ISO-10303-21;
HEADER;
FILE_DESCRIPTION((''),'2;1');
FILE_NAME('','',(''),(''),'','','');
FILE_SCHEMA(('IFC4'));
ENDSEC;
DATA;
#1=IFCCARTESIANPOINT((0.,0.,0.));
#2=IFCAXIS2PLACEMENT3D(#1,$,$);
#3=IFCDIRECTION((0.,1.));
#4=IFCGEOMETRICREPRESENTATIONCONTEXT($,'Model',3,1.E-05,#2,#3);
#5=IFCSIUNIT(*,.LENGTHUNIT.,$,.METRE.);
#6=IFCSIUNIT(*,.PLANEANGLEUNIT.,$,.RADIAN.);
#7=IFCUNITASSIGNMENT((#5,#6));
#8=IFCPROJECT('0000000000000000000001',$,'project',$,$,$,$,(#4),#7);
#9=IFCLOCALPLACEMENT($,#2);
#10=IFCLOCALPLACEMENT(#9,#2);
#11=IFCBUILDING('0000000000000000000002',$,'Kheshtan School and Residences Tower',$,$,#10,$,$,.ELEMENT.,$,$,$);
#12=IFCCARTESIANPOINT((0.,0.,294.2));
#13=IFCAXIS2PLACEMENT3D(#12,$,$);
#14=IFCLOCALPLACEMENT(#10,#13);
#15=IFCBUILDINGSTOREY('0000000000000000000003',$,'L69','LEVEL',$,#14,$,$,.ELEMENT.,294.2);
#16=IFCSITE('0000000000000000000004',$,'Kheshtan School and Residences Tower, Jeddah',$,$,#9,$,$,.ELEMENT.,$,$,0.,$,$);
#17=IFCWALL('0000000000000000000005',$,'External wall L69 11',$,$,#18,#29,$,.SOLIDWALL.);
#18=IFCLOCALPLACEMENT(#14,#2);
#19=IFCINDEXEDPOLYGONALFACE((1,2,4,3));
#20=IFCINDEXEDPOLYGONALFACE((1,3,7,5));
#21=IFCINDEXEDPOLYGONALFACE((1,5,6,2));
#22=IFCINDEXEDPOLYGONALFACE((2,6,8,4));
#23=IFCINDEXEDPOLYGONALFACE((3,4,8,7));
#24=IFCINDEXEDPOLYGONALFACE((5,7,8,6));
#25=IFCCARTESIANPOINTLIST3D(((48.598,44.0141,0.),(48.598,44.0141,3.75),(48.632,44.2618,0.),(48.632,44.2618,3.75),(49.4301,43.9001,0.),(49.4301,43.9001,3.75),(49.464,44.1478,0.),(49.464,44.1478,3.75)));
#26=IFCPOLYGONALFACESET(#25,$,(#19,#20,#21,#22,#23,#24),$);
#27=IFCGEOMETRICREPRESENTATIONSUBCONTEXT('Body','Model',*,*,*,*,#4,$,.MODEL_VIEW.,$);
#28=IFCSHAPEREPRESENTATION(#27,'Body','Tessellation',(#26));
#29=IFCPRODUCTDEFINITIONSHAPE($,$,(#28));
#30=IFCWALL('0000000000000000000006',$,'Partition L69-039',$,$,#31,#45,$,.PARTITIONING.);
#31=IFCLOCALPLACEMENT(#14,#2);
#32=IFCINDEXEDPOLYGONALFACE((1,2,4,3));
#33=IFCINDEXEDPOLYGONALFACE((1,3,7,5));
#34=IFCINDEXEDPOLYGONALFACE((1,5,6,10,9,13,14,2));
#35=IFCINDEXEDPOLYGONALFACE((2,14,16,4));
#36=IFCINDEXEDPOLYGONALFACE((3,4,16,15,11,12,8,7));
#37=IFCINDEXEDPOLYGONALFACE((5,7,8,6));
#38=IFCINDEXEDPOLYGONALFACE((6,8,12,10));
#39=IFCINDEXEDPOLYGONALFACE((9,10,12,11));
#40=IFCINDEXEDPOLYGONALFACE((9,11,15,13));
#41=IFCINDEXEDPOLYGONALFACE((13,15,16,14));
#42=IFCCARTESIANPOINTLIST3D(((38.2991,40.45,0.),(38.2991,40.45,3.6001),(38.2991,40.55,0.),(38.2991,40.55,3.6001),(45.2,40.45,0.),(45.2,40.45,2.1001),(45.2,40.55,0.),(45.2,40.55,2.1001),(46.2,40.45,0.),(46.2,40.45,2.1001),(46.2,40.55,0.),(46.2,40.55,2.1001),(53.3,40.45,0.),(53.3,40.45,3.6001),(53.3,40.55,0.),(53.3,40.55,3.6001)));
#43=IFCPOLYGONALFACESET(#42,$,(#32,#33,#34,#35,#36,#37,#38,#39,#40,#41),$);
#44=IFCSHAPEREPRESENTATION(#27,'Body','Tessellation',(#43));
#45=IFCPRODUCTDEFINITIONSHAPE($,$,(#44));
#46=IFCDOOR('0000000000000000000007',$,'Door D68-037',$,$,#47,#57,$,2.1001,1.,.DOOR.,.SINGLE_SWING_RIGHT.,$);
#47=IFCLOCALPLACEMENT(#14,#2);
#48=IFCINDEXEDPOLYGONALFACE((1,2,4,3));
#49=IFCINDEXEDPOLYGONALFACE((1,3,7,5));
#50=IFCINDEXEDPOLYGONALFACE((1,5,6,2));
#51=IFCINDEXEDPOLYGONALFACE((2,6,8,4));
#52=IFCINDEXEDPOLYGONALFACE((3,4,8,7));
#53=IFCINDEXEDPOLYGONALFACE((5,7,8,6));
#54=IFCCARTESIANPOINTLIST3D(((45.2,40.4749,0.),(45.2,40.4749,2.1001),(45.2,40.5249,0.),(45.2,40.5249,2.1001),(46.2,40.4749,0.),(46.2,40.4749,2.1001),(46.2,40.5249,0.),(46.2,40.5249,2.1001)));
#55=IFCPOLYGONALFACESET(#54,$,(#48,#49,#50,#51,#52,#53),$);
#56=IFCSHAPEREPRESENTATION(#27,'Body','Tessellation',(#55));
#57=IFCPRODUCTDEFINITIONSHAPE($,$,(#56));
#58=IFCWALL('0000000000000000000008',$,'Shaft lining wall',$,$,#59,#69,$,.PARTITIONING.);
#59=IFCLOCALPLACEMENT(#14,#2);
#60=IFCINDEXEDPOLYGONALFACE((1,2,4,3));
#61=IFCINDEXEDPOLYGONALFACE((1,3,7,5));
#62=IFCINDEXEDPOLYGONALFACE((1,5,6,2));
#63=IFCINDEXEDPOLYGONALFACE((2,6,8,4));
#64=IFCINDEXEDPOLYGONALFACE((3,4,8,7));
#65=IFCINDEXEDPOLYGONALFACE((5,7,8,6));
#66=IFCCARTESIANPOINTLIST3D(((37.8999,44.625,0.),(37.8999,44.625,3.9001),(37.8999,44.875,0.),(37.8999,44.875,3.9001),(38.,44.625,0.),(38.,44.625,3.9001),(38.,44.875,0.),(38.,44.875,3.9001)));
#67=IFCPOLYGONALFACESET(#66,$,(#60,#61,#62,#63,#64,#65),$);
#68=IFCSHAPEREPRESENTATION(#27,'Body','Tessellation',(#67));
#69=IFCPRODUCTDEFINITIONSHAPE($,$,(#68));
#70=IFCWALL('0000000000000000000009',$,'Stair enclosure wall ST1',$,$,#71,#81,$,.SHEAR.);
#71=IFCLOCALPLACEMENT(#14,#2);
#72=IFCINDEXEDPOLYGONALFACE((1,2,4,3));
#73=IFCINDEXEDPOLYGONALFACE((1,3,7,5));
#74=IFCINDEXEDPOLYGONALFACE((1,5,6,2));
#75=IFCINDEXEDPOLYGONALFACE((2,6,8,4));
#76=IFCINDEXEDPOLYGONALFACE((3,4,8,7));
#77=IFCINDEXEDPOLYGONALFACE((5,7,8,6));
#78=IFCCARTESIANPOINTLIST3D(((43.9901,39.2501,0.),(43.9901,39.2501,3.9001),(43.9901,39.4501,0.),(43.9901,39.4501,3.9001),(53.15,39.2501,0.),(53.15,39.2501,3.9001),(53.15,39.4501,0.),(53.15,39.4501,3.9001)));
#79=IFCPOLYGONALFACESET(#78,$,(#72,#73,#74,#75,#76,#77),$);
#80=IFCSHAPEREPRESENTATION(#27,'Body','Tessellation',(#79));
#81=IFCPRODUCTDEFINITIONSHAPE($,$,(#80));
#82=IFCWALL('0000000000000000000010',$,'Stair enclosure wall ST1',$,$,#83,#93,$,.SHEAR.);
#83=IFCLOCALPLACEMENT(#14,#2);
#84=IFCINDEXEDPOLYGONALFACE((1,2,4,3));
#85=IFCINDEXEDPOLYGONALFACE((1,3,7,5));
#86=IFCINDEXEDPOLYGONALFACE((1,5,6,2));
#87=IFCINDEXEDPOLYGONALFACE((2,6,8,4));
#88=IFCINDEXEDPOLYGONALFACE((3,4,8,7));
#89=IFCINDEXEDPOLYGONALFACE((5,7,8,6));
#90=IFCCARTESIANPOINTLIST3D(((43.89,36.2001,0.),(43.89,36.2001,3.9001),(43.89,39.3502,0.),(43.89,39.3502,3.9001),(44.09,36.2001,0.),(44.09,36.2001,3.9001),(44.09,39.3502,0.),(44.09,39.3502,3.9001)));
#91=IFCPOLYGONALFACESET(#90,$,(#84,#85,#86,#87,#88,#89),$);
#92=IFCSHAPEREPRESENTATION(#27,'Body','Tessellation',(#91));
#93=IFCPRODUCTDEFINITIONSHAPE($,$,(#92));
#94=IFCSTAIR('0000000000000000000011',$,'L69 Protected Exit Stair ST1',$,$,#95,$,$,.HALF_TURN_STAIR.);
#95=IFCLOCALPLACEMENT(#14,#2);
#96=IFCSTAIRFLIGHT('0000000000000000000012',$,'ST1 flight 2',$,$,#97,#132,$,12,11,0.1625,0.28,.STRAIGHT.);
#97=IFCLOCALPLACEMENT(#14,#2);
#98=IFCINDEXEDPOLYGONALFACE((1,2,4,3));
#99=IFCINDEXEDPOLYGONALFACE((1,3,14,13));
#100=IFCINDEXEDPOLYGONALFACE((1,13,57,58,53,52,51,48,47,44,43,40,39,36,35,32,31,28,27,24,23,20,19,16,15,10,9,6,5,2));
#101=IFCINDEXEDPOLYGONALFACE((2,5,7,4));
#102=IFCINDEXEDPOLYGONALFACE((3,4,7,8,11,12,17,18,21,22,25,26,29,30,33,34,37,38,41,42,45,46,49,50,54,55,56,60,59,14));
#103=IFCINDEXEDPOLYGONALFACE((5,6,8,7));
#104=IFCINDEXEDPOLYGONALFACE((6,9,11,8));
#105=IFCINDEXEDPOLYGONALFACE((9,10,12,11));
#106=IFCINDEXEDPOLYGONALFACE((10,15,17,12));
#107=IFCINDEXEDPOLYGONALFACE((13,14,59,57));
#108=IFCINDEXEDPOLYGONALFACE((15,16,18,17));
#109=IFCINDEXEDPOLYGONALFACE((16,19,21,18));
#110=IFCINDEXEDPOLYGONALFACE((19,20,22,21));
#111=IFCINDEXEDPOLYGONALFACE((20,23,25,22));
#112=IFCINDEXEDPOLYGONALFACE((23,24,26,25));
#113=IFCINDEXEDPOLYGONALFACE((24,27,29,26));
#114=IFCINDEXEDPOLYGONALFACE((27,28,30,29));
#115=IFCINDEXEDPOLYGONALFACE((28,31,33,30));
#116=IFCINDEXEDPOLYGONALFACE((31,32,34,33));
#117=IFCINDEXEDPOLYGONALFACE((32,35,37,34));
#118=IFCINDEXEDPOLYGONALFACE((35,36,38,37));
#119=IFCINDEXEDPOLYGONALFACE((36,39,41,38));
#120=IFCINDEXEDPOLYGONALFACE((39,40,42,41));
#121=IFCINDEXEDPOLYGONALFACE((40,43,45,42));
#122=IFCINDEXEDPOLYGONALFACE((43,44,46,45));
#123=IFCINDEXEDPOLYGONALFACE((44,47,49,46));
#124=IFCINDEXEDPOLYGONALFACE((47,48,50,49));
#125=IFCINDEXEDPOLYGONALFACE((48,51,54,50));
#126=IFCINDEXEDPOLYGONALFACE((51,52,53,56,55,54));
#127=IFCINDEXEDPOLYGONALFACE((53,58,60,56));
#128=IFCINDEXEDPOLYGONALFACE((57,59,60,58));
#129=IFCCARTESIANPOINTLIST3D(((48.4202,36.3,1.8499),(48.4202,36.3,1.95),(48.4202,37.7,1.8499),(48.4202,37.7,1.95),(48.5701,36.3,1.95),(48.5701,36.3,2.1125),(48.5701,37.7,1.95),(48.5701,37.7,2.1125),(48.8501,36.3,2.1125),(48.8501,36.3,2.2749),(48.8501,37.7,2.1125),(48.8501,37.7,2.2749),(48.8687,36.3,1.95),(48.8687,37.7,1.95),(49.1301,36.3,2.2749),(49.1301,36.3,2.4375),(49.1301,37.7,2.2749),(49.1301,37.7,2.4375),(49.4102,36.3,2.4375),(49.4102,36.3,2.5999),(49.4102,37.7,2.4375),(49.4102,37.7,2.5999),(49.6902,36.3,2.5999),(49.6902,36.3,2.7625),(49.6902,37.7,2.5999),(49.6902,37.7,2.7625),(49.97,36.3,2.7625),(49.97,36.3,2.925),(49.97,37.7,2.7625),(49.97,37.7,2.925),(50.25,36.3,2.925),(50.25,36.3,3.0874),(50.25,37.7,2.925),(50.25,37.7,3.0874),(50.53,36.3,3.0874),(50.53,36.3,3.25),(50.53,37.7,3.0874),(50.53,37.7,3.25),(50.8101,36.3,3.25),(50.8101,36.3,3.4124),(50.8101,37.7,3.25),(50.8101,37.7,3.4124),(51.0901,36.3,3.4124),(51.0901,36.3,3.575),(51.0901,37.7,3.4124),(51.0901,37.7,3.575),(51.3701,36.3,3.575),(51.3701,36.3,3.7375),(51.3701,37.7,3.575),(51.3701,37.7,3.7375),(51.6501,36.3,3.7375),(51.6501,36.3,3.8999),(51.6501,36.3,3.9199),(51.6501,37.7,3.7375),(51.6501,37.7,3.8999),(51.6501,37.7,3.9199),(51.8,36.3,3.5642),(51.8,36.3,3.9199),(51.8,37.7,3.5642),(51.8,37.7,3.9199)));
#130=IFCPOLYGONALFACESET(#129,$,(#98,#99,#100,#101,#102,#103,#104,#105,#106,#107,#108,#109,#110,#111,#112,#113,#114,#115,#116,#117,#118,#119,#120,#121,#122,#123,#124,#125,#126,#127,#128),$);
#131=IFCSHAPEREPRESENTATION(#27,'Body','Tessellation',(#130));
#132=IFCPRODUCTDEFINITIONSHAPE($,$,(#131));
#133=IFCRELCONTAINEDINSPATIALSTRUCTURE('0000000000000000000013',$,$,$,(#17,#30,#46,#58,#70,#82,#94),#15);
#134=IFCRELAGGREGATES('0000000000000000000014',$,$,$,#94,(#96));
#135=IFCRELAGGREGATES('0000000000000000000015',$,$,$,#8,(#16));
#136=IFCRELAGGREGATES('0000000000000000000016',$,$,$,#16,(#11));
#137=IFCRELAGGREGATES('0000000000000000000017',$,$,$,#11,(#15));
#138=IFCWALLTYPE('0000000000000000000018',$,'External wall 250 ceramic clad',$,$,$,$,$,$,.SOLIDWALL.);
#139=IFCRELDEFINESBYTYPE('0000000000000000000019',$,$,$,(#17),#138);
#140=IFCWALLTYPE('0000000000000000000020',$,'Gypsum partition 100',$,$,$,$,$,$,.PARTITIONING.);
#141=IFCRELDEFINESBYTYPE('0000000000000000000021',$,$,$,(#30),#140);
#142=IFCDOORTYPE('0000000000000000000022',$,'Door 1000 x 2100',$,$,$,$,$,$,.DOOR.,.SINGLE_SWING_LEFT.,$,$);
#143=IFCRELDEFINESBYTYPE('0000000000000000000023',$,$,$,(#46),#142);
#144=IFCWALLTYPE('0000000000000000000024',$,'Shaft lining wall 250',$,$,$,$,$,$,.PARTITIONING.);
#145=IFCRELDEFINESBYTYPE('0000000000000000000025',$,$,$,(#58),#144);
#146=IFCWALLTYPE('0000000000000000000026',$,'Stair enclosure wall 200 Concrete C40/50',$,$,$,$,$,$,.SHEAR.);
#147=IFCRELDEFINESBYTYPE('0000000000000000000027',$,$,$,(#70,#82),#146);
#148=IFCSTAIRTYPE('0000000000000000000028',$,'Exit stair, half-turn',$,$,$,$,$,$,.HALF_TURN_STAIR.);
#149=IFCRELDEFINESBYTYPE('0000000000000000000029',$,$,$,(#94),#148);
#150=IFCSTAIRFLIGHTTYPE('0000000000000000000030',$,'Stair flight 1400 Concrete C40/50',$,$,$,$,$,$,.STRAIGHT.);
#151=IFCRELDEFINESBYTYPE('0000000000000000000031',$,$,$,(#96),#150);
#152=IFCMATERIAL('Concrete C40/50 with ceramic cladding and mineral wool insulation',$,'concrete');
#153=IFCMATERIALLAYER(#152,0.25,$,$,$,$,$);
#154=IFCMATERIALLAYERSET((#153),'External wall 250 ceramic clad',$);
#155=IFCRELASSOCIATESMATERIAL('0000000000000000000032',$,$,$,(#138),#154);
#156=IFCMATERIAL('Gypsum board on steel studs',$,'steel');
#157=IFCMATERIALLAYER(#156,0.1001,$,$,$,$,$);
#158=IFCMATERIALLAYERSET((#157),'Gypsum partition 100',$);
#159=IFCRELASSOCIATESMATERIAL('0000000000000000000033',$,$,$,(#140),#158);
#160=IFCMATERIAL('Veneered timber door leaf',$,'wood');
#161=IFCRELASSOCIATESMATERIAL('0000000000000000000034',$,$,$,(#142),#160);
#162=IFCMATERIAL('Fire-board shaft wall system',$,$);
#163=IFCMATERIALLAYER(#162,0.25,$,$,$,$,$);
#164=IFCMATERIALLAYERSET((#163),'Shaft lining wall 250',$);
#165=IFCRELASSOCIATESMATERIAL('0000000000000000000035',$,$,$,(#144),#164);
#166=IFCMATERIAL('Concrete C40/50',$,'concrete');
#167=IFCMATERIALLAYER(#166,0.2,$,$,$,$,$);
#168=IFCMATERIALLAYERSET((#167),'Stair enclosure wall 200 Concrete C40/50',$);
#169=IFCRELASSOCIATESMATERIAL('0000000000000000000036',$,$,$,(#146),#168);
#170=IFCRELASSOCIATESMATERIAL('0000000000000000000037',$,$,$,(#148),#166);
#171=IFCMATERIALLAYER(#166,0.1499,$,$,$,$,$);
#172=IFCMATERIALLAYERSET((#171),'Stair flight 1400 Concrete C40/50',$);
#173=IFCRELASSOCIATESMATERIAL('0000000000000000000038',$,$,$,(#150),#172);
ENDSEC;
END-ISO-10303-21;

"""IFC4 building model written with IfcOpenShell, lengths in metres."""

from ifc_helpers import new_model, si_unit, direction, frame, frame_2d, origin, place, context, subcontext, project, spatial, polyline, rectangle, outline, extrude, source, transform, mapped, material, layer, layer_set, type_object, element, fill, aggregate, save


model = new_model("IFC4")

# Units and contexts
model_context = context("Model", 3, precision=1e-05, world=origin(), true_north=direction((0.0, 1.0)))
body_context = subcontext(model_context, "Body", "Model", "MODEL_VIEW")
ifc_project = project(units=[si_unit("LENGTHUNIT", "METRE"), si_unit("PLANEANGLEUNIT", "RADIAN")], contexts=[model_context])

# Site, building, storey
site_placement = place(None, origin())
site = spatial("IfcSite", under=ifc_project, at=site_placement, Name="Kheshtan School and Residences Tower, Jeddah", CompositionType="ELEMENT", RefElevation=0.0)
building_placement = place(site_placement, origin())
building = spatial("IfcBuilding", under=site, at=building_placement, Name="Kheshtan School and Residences Tower", CompositionType="ELEMENT")
storey_placement = place(building_placement, frame((0.0, 0.0, 294.2)))
storey = spatial("IfcBuildingStorey", under=building, at=storey_placement, Name="L69", Description="LEVEL", CompositionType="ELEMENT", Elevation=294.2)

# Shared definitions
ifc_material_1 = material(Name="Concrete C40/50 with ceramic cladding and mineral wool insulation", Category="concrete")
ifc_layer_1 = layer(ifc_material_1, 0.25)
ifc_layer_set_1 = layer_set([ifc_layer_1], Name="External wall 250 ceramic clad")
wall_type_1 = type_object("IfcWallType", Name="External wall 250 ceramic clad", PredefinedType="SOLIDWALL", material=ifc_layer_set_1)

# Wall
wall_1_placement = place(storey_placement, frame((48.615, 44.1379, 0.0), z_axis=(0.0, 0.0, 1.0), x_axis=(0.990742, -0.135762, 0.0)))
element("IfcWall", 1, at=wall_1_placement, inside=storey, type_object=wall_type_1, Name="External wall L69 11", PredefinedType="SOLIDWALL", context=body_context, shape_type="SweptSolid", body=[
    extrude(rectangle(XDim=0.8398, YDim=0.25, at=frame_2d((0.4199, 0.0))), origin(), (0.0, 0.0, 1.0), 3.75),
])

# Wall, opening, door
ifc_material_2 = material(Name="Gypsum board on steel studs", Category="steel")
ifc_layer_2 = layer(ifc_material_2, 0.1001)
ifc_layer_set_2 = layer_set([ifc_layer_2], Name="Gypsum partition 100")
wall_type_2 = type_object("IfcWallType", Name="Gypsum partition 100", PredefinedType="PARTITIONING", material=ifc_layer_set_2)
wall_2_placement = place(storey_placement, frame((38.2991, 40.5, 0.0), z_axis=(0.0, 0.0, 1.0), x_axis=(1.0, 0.0, 0.0)))
wall_2 = element("IfcWall", 2, at=wall_2_placement, inside=storey, type_object=wall_type_2, Name="Partition L69-039", PredefinedType="PARTITIONING", context=body_context, shape_type="SweptSolid", body=[
    extrude(rectangle(XDim=15.001, YDim=0.1001, at=frame_2d((7.5005, 0.0))), origin(), (0.0, 0.0, 1.0), 3.6001),
])
opening_1_placement = place(wall_2_placement, frame((6.9009, 0.0, 0.0)))
opening_1 = element("IfcOpeningElement", 3, at=opening_1_placement, cuts=wall_2, PredefinedType="OPENING", context=body_context, shape_type="SweptSolid", body=[
    extrude(rectangle(XDim=1.0, YDim=2.1001, at=frame_2d((0.5, 1.05))), frame((0.0, 0.0601, 0.0), z_axis=(0.0, -1.0, 0.0), x_axis=(1.0, 0.0, 0.0)), (0.0, 0.0, 1.0), 0.1201),
])
ifc_material_3 = material(Name="Veneered timber door leaf", Category="wood")
door_type_1 = type_object("IfcDoorType", Name="Door 1000 x 2100", OperationType="SINGLE_SWING_LEFT", PredefinedType="DOOR", material=ifc_material_3)
shared_shape_1 = source(origin(), body_context, "Body", "SweptSolid", [
    extrude(rectangle(XDim=1.0, YDim=2.1001, at=frame_2d((0.5, 1.05))), frame((0.0, 0.0249, 0.0), z_axis=(0.0, -1.0, 0.0), x_axis=(1.0, 0.0, 0.0)), (0.0, 0.0, 1.0), 0.05),
])
door_1_placement = place(opening_1_placement, origin())
door_1 = element("IfcDoor", 4, at=door_1_placement, inside=storey, type_object=door_type_1, Name="Door D68-037", OperationType="SINGLE_SWING_RIGHT", OverallHeight=2.1001, OverallWidth=1.0, PredefinedType="DOOR", context=body_context, shape_type="MappedRepresentation", body=[
    mapped(shared_shape_1, transform((0.0, 0.0, 0.0), x_axis=(1.0, 0.0, 0.0), y_axis=(0.0, 1.0, 0.0), z_axis=(0.0, 0.0, 1.0), scale=1.0)),
])
fill(opening_1, door_1)

# Walls
ifc_material_4 = material(Name="Fire-board shaft wall system")
ifc_layer_3 = layer(ifc_material_4, 0.25)
ifc_layer_set_3 = layer_set([ifc_layer_3], Name="Shaft lining wall 250")
wall_type_3 = type_object("IfcWallType", Name="Shaft lining wall 250", PredefinedType="PARTITIONING", material=ifc_layer_set_3)
wall_3_placement = place(storey_placement, frame((37.8999, 44.75, 0.0), z_axis=(0.0, 0.0, 1.0), x_axis=(1.0, 0.0, 0.0)))
element("IfcWall", 5, at=wall_3_placement, inside=storey, type_object=wall_type_3, Name="Shaft lining wall", PredefinedType="PARTITIONING", context=body_context, shape_type="SweptSolid", body=[
    extrude(rectangle(XDim=0.1001, YDim=0.25, at=frame_2d((0.05, 0.0))), origin(), (0.0, 0.0, 1.0), 3.9001),
])
ifc_material_5 = material(Name="Concrete C40/50", Category="concrete")
ifc_layer_4 = layer(ifc_material_5, 0.2)
ifc_layer_set_4 = layer_set([ifc_layer_4], Name="Stair enclosure wall 200 Concrete C40/50")
wall_type_4 = type_object("IfcWallType", Name="Stair enclosure wall 200 Concrete C40/50", PredefinedType="SHEAR", material=ifc_layer_set_4)
wall_4_placement = place(storey_placement, frame((43.99, 39.3501, 0.0), z_axis=(0.0, 0.0, 1.0), x_axis=(1.0, 0.0, 0.0)))
element("IfcWall", 6, at=wall_4_placement, inside=storey, type_object=wall_type_4, Name="Stair enclosure wall ST1", PredefinedType="SHEAR", context=body_context, shape_type="SweptSolid", body=[
    extrude(rectangle(XDim=9.1599, YDim=0.2, at=frame_2d((4.5801, 0.0))), origin(), (0.0, 0.0, 1.0), 3.9001),
])
wall_5_placement = place(storey_placement, frame((43.99, 36.2, 0.0), z_axis=(0.0, 0.0, 1.0), x_axis=(0.0, 1.0, 0.0)))
element("IfcWall", 7, at=wall_5_placement, inside=storey, type_object=wall_type_4, Name="Stair enclosure wall ST1", PredefinedType="SHEAR", context=body_context, shape_type="SweptSolid", body=[
    extrude(rectangle(XDim=3.1501, YDim=0.2, at=frame_2d((1.5752, 0.0))), origin(), (0.0, 0.0, 1.0), 3.9001),
])

# Stair, stair flight
stair_type = type_object("IfcStairType", Name="Exit stair, half-turn", PredefinedType="HALF_TURN_STAIR", material=ifc_material_5)
stair_placement = place(storey_placement, origin())
stair = element("IfcStair", 8, at=stair_placement, inside=storey, type_object=stair_type, Name="L69 Protected Exit Stair ST1", PredefinedType="HALF_TURN_STAIR")
ifc_layer_5 = layer(ifc_material_5, 0.1499)
ifc_layer_set_5 = layer_set([ifc_layer_5], Name="Stair flight 1400 Concrete C40/50")
stair_flight_type = type_object("IfcStairFlightType", Name="Stair flight 1400 Concrete C40/50", PredefinedType="STRAIGHT", material=ifc_layer_set_5)
stair_flight_placement = place(storey_placement, frame((48.5701, 37.0, 1.95), z_axis=(0.0, 0.0, 1.0), x_axis=(1.0, 0.0, 0.0)))
stair_flight = element("IfcStairFlight", 9, at=stair_flight_placement, type_object=stair_flight_type, Name="ST1 flight 2", NumberOfRisers=12, NumberOfTreads=11, PredefinedType="STRAIGHT", RiserHeight=0.1625, TreadLength=0.28, context=body_context, shape_type="SweptSolid", body=[
    extrude(outline(polyline([(-0.1499, -0.1001), (-0.1499, 0.0), (0.0, 0.0), (0.0, 0.1626), (0.28, 0.1626), (0.28, 0.325), (0.5601, 0.325), (0.5601, 0.4875), (0.8401, 0.4875), (0.8401, 0.6499), (1.1201, 0.6499), (1.1201, 0.8125), (1.3999, 0.8125), (1.3999, 0.9751), (1.6799, 0.9751), (1.6799, 1.1375), (1.96, 1.1375), (1.96, 1.3), (2.24, 1.3), (2.24, 1.4624), (2.52, 1.4624), (2.52, 1.625), (2.8, 1.625), (2.8, 1.7876), (3.0801, 1.7876), (3.0801, 1.95), (3.0801, 1.97), (3.23, 1.97), (3.23, 1.6143), (0.2986, 0.0), (-0.1499, -0.1001)])), frame((0.0, 0.7, 0.0), z_axis=(0.0, -1.0, 0.0), x_axis=(1.0, 0.0, 0.0)), (0.0, 0.0, 1.0), 1.3999),
])
aggregate(stair, [stair_flight])

save(model, "model.ifc")
